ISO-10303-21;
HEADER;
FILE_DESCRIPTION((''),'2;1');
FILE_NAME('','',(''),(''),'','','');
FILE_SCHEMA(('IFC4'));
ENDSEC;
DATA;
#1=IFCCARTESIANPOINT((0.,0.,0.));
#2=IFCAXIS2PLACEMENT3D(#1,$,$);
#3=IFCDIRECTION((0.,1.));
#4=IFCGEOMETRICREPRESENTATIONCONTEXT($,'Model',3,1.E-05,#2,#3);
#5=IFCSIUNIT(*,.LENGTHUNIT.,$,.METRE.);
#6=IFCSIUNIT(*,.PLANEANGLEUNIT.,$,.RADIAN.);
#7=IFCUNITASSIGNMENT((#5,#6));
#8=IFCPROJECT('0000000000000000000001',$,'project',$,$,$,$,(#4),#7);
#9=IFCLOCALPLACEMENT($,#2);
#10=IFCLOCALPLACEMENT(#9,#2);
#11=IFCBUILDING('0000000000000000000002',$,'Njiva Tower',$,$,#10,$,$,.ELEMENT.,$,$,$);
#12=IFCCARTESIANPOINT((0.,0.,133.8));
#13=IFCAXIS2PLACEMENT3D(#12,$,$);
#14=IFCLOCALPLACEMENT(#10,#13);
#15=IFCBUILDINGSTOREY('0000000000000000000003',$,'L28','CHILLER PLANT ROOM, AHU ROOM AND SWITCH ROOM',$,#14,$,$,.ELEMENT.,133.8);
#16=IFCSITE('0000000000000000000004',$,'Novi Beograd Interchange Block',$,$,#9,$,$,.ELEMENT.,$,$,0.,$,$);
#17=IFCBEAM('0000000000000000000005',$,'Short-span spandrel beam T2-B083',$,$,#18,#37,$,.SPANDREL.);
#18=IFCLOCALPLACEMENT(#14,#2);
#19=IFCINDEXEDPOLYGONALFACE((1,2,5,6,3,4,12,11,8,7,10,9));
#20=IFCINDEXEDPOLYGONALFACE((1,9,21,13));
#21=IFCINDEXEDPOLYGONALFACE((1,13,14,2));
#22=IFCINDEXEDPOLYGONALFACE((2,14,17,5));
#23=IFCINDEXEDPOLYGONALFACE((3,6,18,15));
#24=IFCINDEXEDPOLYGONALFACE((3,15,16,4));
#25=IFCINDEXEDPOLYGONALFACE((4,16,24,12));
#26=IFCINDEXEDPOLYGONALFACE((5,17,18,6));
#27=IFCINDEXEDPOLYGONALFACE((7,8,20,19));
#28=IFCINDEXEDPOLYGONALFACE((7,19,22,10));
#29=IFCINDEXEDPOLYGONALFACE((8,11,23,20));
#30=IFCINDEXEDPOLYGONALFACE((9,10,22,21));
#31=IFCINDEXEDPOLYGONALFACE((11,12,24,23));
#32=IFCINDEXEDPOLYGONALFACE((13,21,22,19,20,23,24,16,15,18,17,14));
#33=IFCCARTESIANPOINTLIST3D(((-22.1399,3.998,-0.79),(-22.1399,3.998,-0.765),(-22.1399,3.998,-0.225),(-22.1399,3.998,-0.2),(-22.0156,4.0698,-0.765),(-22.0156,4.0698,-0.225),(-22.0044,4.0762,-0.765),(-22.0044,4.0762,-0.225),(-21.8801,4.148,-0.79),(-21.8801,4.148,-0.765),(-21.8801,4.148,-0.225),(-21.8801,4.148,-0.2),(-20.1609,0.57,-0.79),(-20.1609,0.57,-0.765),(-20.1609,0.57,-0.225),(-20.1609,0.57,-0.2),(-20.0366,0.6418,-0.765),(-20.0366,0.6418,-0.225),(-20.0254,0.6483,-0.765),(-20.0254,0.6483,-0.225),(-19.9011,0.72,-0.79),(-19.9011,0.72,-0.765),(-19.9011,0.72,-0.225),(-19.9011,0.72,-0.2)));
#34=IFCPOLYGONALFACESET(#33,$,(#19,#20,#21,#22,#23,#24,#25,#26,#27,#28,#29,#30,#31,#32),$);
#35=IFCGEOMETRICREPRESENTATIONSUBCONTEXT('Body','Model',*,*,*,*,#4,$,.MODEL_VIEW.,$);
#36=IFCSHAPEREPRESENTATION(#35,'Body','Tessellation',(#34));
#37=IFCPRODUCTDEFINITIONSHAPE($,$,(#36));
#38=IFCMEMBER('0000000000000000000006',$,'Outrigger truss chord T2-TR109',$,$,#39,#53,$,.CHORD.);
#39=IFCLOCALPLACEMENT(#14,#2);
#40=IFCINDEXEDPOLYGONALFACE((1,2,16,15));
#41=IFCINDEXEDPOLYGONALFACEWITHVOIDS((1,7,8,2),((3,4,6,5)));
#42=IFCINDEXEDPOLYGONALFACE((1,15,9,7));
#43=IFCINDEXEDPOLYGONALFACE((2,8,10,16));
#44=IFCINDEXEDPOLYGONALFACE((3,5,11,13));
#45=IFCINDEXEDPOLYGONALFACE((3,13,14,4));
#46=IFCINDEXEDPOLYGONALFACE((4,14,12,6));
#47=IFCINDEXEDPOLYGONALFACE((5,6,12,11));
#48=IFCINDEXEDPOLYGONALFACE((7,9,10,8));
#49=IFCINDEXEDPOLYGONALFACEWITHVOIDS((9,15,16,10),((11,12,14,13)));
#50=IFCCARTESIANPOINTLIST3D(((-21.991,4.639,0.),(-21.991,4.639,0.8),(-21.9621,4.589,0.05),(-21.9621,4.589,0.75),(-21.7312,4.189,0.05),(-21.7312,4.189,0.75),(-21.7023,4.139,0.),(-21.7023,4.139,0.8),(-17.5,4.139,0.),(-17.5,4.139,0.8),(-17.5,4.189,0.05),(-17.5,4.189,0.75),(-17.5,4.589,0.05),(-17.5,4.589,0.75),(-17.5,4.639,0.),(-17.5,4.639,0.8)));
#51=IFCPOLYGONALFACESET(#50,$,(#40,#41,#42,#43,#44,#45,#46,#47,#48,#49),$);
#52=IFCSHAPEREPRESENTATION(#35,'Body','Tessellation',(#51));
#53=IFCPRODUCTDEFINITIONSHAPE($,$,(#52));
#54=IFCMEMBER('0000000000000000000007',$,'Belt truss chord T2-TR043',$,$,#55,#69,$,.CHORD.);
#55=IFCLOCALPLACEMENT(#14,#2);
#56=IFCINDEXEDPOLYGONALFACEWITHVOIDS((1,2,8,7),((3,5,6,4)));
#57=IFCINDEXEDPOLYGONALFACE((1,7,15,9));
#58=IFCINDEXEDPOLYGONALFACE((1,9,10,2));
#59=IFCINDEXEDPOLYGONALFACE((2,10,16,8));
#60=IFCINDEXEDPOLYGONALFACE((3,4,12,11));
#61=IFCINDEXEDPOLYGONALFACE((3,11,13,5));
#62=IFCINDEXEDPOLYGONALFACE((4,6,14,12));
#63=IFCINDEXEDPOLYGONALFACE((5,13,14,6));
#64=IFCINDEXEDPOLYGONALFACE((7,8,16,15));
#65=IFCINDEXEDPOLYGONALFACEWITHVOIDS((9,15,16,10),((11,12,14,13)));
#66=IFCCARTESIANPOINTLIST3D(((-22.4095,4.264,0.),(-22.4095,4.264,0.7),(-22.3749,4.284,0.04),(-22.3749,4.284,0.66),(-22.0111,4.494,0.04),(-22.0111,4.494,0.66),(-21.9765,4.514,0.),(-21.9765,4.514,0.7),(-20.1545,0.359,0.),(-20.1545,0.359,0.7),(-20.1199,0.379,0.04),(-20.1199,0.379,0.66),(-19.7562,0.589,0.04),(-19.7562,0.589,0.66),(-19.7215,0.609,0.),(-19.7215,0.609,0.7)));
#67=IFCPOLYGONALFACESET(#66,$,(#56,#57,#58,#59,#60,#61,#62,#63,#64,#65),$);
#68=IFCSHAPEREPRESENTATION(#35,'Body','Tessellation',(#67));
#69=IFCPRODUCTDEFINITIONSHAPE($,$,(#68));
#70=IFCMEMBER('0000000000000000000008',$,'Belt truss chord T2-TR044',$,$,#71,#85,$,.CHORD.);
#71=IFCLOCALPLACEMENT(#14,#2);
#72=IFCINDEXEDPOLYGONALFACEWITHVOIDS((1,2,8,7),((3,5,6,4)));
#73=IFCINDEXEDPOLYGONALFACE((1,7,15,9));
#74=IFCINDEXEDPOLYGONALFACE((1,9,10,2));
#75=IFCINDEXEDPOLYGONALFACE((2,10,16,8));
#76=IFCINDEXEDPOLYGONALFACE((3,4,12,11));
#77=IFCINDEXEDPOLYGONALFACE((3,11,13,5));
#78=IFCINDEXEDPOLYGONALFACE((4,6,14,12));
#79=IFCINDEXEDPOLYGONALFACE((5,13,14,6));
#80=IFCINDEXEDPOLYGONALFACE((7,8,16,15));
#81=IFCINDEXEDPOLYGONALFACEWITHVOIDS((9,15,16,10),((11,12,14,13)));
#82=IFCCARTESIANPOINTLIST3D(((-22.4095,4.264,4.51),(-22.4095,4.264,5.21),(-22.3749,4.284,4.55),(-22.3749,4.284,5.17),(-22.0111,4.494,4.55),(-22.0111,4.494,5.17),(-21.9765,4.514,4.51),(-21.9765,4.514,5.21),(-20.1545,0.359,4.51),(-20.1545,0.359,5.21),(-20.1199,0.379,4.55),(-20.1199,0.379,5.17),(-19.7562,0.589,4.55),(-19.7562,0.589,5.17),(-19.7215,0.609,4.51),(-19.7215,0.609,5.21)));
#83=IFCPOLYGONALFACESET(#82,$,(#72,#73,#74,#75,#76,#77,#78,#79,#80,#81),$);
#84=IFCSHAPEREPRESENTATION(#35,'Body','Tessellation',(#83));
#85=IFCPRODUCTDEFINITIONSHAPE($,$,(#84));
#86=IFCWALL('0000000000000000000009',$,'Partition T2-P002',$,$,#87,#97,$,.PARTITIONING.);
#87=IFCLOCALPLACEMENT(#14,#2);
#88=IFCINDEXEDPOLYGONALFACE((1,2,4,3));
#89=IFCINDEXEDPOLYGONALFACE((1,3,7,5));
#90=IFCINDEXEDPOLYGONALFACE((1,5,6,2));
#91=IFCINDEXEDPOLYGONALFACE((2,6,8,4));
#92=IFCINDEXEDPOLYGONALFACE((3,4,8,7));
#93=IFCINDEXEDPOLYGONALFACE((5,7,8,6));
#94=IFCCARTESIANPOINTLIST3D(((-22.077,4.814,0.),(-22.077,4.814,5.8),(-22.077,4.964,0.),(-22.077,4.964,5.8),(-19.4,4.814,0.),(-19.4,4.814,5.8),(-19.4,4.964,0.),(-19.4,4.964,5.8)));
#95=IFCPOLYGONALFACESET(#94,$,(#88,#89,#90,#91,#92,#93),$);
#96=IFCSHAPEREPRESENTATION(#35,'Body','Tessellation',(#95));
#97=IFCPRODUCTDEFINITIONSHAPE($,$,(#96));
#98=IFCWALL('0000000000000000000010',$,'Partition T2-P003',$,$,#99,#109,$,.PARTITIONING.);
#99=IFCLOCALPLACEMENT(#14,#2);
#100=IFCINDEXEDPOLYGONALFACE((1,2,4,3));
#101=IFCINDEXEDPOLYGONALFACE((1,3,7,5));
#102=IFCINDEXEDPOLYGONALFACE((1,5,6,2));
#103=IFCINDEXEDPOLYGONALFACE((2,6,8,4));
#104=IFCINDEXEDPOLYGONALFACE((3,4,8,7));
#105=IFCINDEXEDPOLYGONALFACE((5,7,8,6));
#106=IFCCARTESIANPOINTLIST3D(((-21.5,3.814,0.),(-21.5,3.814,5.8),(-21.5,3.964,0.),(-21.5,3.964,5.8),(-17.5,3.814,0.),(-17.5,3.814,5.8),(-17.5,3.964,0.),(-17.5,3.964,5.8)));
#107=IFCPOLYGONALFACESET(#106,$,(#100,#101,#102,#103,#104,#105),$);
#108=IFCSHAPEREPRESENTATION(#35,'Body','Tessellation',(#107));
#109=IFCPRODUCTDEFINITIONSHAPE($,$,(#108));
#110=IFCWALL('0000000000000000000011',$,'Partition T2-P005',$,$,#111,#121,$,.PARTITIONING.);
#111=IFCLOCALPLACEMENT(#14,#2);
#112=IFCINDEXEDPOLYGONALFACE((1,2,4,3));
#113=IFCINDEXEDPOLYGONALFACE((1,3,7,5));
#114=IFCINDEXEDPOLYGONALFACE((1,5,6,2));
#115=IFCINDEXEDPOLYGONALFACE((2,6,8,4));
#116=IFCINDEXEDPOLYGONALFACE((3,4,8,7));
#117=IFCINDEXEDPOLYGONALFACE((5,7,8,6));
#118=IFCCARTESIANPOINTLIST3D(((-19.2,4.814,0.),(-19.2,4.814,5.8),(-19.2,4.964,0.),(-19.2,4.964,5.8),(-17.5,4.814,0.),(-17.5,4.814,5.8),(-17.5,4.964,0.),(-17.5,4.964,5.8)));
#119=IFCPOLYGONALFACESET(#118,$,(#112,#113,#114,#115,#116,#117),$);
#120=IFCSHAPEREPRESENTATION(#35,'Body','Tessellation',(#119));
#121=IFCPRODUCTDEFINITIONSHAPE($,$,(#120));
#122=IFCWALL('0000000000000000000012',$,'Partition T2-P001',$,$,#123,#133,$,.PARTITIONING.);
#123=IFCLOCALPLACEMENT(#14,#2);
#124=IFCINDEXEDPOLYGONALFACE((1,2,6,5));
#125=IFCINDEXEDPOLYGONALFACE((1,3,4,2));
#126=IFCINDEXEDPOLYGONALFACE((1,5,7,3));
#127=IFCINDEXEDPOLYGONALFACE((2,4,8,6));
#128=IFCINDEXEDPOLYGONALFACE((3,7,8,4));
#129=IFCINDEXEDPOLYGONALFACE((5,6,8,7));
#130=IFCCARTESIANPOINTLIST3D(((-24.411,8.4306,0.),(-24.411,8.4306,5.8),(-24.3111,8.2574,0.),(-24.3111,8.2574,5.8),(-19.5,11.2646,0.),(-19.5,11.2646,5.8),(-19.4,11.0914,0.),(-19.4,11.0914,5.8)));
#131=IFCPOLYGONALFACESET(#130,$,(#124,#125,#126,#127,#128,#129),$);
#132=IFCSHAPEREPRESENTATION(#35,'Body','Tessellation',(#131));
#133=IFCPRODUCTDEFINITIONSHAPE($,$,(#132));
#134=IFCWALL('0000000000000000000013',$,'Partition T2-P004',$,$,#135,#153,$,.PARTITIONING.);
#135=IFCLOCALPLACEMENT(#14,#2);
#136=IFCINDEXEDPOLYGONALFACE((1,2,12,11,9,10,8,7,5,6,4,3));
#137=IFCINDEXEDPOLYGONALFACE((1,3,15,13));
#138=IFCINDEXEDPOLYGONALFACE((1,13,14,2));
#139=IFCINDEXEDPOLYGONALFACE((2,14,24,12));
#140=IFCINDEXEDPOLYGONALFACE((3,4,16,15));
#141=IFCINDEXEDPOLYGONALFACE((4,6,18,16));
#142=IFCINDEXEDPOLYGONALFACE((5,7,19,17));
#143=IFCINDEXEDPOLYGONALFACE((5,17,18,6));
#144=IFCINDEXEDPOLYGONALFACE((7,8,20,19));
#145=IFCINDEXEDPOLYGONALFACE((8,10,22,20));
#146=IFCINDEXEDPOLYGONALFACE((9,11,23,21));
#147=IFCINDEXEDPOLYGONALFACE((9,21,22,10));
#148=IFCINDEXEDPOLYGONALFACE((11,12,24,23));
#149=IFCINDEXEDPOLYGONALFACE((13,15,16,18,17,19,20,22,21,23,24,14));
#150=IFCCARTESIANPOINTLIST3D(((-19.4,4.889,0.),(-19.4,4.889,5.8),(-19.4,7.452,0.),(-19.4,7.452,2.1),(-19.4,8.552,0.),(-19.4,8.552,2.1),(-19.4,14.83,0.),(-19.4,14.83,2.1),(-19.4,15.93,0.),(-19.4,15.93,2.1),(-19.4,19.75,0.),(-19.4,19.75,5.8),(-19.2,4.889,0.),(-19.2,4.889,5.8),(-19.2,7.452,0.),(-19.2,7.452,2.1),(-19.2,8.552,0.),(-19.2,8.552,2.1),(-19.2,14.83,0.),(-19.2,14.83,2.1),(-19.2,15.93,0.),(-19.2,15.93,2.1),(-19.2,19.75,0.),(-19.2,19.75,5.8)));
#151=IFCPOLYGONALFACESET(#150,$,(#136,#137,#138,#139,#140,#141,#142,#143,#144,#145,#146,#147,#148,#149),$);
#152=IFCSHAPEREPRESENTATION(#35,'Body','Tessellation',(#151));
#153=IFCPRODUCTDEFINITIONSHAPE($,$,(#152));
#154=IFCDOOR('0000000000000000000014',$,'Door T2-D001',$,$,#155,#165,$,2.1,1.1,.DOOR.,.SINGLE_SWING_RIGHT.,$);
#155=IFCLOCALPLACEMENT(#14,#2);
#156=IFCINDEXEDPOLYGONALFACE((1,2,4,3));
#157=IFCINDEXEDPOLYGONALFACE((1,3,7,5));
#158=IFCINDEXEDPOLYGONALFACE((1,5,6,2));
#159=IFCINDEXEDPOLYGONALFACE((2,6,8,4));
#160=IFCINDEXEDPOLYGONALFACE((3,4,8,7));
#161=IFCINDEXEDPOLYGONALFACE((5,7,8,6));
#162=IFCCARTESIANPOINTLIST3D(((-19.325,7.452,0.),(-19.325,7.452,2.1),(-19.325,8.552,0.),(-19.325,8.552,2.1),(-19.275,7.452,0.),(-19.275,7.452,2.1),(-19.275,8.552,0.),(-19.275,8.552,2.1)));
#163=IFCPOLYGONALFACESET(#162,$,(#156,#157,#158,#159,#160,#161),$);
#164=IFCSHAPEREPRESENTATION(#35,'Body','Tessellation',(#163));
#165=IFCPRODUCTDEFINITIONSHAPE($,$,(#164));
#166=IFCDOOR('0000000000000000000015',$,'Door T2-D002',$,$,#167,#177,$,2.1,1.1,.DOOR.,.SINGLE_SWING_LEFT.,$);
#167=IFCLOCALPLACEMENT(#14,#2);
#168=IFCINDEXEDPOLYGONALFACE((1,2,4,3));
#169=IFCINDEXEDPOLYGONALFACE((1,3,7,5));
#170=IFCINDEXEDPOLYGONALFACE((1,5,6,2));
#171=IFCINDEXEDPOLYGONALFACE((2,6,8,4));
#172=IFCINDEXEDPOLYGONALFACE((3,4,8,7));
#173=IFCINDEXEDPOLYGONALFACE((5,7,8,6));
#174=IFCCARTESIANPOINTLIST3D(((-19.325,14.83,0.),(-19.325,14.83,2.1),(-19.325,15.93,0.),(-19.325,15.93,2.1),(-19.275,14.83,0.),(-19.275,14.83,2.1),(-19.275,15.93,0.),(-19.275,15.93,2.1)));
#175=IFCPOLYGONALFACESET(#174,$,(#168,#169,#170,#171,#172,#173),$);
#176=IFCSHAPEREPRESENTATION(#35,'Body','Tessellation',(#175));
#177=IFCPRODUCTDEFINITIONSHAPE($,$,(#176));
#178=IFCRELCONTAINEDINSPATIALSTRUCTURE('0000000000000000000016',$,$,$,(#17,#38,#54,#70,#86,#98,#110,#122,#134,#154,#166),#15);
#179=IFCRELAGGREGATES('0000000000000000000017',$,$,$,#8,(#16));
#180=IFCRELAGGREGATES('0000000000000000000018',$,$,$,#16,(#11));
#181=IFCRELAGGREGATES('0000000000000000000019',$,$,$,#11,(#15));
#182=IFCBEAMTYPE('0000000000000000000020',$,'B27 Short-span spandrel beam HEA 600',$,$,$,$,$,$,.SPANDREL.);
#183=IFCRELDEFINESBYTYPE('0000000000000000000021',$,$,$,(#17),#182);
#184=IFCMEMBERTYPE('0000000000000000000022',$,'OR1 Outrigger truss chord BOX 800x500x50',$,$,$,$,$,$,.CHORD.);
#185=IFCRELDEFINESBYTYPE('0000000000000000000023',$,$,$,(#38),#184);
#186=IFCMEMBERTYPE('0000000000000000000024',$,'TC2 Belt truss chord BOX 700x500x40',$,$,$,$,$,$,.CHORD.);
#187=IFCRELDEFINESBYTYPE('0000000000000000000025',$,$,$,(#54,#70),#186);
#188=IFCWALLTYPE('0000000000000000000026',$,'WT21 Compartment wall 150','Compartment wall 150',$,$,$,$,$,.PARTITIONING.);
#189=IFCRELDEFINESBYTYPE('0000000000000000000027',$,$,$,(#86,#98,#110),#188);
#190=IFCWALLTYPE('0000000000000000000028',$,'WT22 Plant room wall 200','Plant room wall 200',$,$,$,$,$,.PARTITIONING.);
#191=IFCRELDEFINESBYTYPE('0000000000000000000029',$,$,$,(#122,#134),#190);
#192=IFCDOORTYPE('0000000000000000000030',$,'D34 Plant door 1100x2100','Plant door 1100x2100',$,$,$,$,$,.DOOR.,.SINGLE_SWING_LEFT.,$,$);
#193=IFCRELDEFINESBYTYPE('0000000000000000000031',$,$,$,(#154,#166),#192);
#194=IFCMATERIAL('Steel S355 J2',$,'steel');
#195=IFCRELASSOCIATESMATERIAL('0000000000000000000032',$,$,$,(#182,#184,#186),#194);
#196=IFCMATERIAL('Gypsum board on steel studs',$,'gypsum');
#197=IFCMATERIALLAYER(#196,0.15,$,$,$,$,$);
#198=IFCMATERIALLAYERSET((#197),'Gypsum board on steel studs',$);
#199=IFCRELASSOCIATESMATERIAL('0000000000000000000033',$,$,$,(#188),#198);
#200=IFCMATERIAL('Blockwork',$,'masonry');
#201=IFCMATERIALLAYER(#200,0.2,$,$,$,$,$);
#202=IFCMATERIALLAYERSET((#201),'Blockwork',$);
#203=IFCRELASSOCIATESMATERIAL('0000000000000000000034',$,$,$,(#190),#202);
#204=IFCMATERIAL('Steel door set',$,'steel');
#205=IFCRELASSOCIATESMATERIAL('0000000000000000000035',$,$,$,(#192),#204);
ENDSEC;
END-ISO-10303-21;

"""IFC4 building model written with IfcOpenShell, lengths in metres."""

from ifc_helpers import new_model, si_unit, direction, frame, frame_2d, origin, origin_2d, place, context, subcontext, project, spatial, rectangle, hollow_rectangle, i_section, extrude, clip, halfspace, material, layer, layer_set, material_profile, profile_set, type_object, element, fill, save


model = new_model("IFC4")

# Units and contexts
model_context = context("Model", 3, precision=1e-05, world=origin(), true_north=direction((0.0, 1.0)))
body_context = subcontext(model_context, "Body", "Model", "MODEL_VIEW")
ifc_project = project(units=[si_unit("LENGTHUNIT", "METRE"), si_unit("PLANEANGLEUNIT", "RADIAN")], contexts=[model_context])

# Site, building, storey
site_placement = place(None, origin())
site = spatial("IfcSite", under=ifc_project, at=site_placement, Name="Novi Beograd Interchange Block", CompositionType="ELEMENT", RefElevation=0.0)
building_placement = place(site_placement, origin())
building = spatial("IfcBuilding", under=site, at=building_placement, Name="Njiva Tower", CompositionType="ELEMENT")
storey_placement = place(building_placement, frame((0.0, 0.0, 133.8)))
storey = spatial("IfcBuildingStorey", under=building, at=storey_placement, Name="L28", Description="CHILLER PLANT ROOM, AHU ROOM AND SWITCH ROOM", CompositionType="ELEMENT", Elevation=133.8)

# Shared definitions
ifc_material_1 = material(Name="Steel S355 J2", Category="steel")

# Beam
ifc_material_profile_1 = material_profile(ifc_material_1, i_section(OverallWidth=0.3, OverallDepth=0.59, WebThickness=0.013, FlangeThickness=0.025, at=origin_2d()), Name="HEA 600")
ifc_profile_set_1 = profile_set([ifc_material_profile_1], Name="Steel S355 J2")
beam_type_1 = type_object("IfcBeamType", Name="B27 Short-span spandrel beam HEA 600", PredefinedType="SPANDREL", material=ifc_profile_set_1)
beam_1_placement = place(storey_placement, frame((-22.01, 4.073, -0.495), z_axis=(0.49997, -0.866043, 0.0), x_axis=(0.866043, 0.49997, 0.0)))
element("IfcBeam", 1, at=beam_1_placement, inside=storey, type_object=beam_type_1, Name="Short-span spandrel beam T2-B083", PredefinedType="SPANDREL", context=body_context, shape_type="SweptSolid", body=[
    extrude(i_section(OverallWidth=0.3, OverallDepth=0.59, WebThickness=0.013, FlangeThickness=0.025, at=origin_2d()), origin(), (0.0, 0.0, 1.0), 3.9582),
])

# Members
ifc_material_profile_2 = material_profile(ifc_material_1, hollow_rectangle(XDim=0.5, YDim=0.8, WallThickness=0.05, at=origin_2d()), Name="BOX 800x500x50")
ifc_profile_set_2 = profile_set([ifc_material_profile_2], Name="Steel S355 J2")
member_type_1 = type_object("IfcMemberType", Name="OR1 Outrigger truss chord BOX 800x500x50", PredefinedType="CHORD", material=ifc_profile_set_2)
member_1_placement = place(storey_placement, frame((-17.5, 4.389, 0.4), z_axis=(-1.0, 0.0, 0.0), x_axis=(0.0, -1.0, 0.0)))
element("IfcMember", 2, at=member_1_placement, inside=storey, type_object=member_type_1, Name="Outrigger truss chord T2-TR109", PredefinedType="CHORD", context=body_context, shape_type="Clipping", body=[
    clip(extrude(hollow_rectangle(XDim=0.5, YDim=0.8, WallThickness=0.05, at=origin_2d()), origin(), (0.0, 0.0, 1.0), 4.867), halfspace(frame((0.025, 0.0, 4.3322), z_axis=(0.499998, 0.0, 0.866027), x_axis=(0.0, 1.0, 0.0)), False)),
])
ifc_material_profile_3 = material_profile(ifc_material_1, hollow_rectangle(XDim=0.5, YDim=0.7, WallThickness=0.04, at=origin_2d()), Name="BOX 700x500x40")
ifc_profile_set_3 = profile_set([ifc_material_profile_3], Name="Steel S355 J2")
member_type_2 = type_object("IfcMemberType", Name="TC2 Belt truss chord BOX 700x500x40", PredefinedType="CHORD", material=ifc_profile_set_3)
for number, where, z_axis, x_axis, name in (
    (3, (-22.193, 4.389, 0.35), (0.500074, -0.865982, 0.0), (0.865982, 0.500074, 0.0), "Belt truss chord T2-TR043"),
    (4, (-22.193, 4.389, 4.86), (0.500074, -0.865982, 0.0), (0.865982, 0.500074, 0.0), "Belt truss chord T2-TR044"),
):
    element("IfcMember", number, at=place(storey_placement, frame(where, z_axis=z_axis, x_axis=x_axis)), inside=storey, type_object=member_type_2, Name=name, PredefinedType="CHORD", context=body_context, shape_type="SweptSolid", body=[
        extrude(hollow_rectangle(XDim=0.5, YDim=0.7, WallThickness=0.04, at=origin_2d()), origin(), (0.0, 0.0, 1.0), 4.5093),
    ])

# Walls
ifc_material_2 = material(Name="Gypsum board on steel studs", Category="gypsum")
ifc_layer_1 = layer(ifc_material_2, 0.15)
ifc_layer_set_1 = layer_set([ifc_layer_1], Name="Gypsum board on steel studs")
wall_type_1 = type_object("IfcWallType", Name="WT21 Compartment wall 150", Description="Compartment wall 150", PredefinedType="PARTITIONING", material=ifc_layer_set_1)
wall_1_placement = place(storey_placement, frame((-22.077, 4.889, 0.0), z_axis=(0.0, 0.0, 1.0), x_axis=(1.0, 0.0, 0.0)))
element("IfcWall", 5, at=wall_1_placement, inside=storey, type_object=wall_type_1, Name="Partition T2-P002", PredefinedType="PARTITIONING", context=body_context, shape_type="SweptSolid", body=[
    extrude(rectangle(XDim=2.677, YDim=0.15, at=frame_2d((1.3385, 0.0))), origin(), (0.0, 0.0, 1.0), 5.8),
])
wall_2_placement = place(storey_placement, frame((-21.5, 3.889, 0.0), z_axis=(0.0, 0.0, 1.0), x_axis=(1.0, 0.0, 0.0)))
element("IfcWall", 6, at=wall_2_placement, inside=storey, type_object=wall_type_1, Name="Partition T2-P003", PredefinedType="PARTITIONING", context=body_context, shape_type="SweptSolid", body=[
    extrude(rectangle(XDim=4.0, YDim=0.15, at=frame_2d((2.0, 0.0))), origin(), (0.0, 0.0, 1.0), 5.8),
])
wall_3_placement = place(storey_placement, frame((-19.2, 4.889, 0.0), z_axis=(0.0, 0.0, 1.0), x_axis=(1.0, 0.0, 0.0)))
element("IfcWall", 7, at=wall_3_placement, inside=storey, type_object=wall_type_1, Name="Partition T2-P005", PredefinedType="PARTITIONING", context=body_context, shape_type="SweptSolid", body=[
    extrude(rectangle(XDim=1.7, YDim=0.15, at=frame_2d((0.85, 0.0))), origin(), (0.0, 0.0, 1.0), 5.8),
])
ifc_material_3 = material(Name="Blockwork", Category="masonry")
ifc_layer_2 = layer(ifc_material_3, 0.2)
ifc_layer_set_2 = layer_set([ifc_layer_2], Name="Blockwork")
wall_type_2 = type_object("IfcWallType", Name="WT22 Plant room wall 200", Description="Plant room wall 200", PredefinedType="PARTITIONING", material=ifc_layer_set_2)
wall_4_placement = place(storey_placement, frame((-24.361, 8.344, 0.0), z_axis=(0.0, 0.0, 1.0), x_axis=(0.86613, 0.499819, 0.0)))
element("IfcWall", 8, at=wall_4_placement, inside=storey, type_object=wall_type_2, Name="Partition T2-P001", PredefinedType="PARTITIONING", context=body_context, shape_type="SweptSolid", body=[
    extrude(rectangle(XDim=5.6701, YDim=0.2, at=frame_2d((2.835, 0.0))), origin(), (0.0, 0.0, 1.0), 5.8),
])

# Wall, openings, doors
wall_5_placement = place(storey_placement, frame((-19.3, 4.889, 0.0), z_axis=(0.0, 0.0, 1.0), x_axis=(0.0, 1.0, 0.0)))
wall_5 = element("IfcWall", 9, at=wall_5_placement, inside=storey, type_object=wall_type_2, Name="Partition T2-P004", PredefinedType="PARTITIONING", context=body_context, shape_type="SweptSolid", body=[
    extrude(rectangle(XDim=14.861, YDim=0.2, at=frame_2d((7.4305, 0.0))), origin(), (0.0, 0.0, 1.0), 5.8),
])
opening_1_placement = place(wall_5_placement, frame((2.563, 0.0, 0.0)))
opening_1 = element("IfcOpeningElement", 10, at=opening_1_placement, cuts=wall_5, PredefinedType="OPENING", context=body_context, shape_type="SweptSolid", body=[
    extrude(rectangle(XDim=1.1, YDim=2.1, at=frame_2d((0.55, 1.05))), frame((0.0, 0.11, 0.0), z_axis=(0.0, -1.0, 0.0), x_axis=(1.0, 0.0, 0.0)), (0.0, 0.0, 1.0), 0.22),
])
opening_2_placement = place(wall_5_placement, frame((9.941, 0.0, 0.0)))
opening_2 = element("IfcOpeningElement", 11, at=opening_2_placement, cuts=wall_5, PredefinedType="OPENING", context=body_context, shape_type="SweptSolid", body=[
    extrude(rectangle(XDim=1.1, YDim=2.1, at=frame_2d((0.55, 1.05))), frame((0.0, 0.11, 0.0), z_axis=(0.0, -1.0, 0.0), x_axis=(1.0, 0.0, 0.0)), (0.0, 0.0, 1.0), 0.22),
])
ifc_material_4 = material(Name="Steel door set", Category="steel")
door_type = type_object("IfcDoorType", Name="D34 Plant door 1100x2100", Description="Plant door 1100x2100", OperationType="SINGLE_SWING_LEFT", PredefinedType="DOOR", material=ifc_material_4)
door_1_placement = place(opening_1_placement, origin())
door_1 = element("IfcDoor", 12, at=door_1_placement, inside=storey, type_object=door_type, Name="Door T2-D001", OperationType="SINGLE_SWING_RIGHT", OverallHeight=2.1, OverallWidth=1.1, PredefinedType="DOOR", context=body_context, shape_type="SweptSolid", body=[
    extrude(rectangle(XDim=1.1, YDim=2.1, at=frame_2d((0.55, 1.05))), frame((0.0, 0.025, 0.0), z_axis=(0.0, -1.0, 0.0), x_axis=(1.0, 0.0, 0.0)), (0.0, 0.0, 1.0), 0.05),
])
fill(opening_1, door_1)
door_2_placement = place(opening_2_placement, origin())
door_2 = element("IfcDoor", 13, at=door_2_placement, inside=storey, type_object=door_type, Name="Door T2-D002", OperationType="SINGLE_SWING_LEFT", OverallHeight=2.1, OverallWidth=1.1, PredefinedType="DOOR", context=body_context, shape_type="SweptSolid", body=[
    extrude(rectangle(XDim=1.1, YDim=2.1, at=frame_2d((0.55, 1.05))), frame((0.0, 0.025, 0.0), z_axis=(0.0, -1.0, 0.0), x_axis=(1.0, 0.0, 0.0)), (0.0, 0.0, 1.0), 0.05),
])
fill(opening_2, door_2)

save(model, "model.ifc")
